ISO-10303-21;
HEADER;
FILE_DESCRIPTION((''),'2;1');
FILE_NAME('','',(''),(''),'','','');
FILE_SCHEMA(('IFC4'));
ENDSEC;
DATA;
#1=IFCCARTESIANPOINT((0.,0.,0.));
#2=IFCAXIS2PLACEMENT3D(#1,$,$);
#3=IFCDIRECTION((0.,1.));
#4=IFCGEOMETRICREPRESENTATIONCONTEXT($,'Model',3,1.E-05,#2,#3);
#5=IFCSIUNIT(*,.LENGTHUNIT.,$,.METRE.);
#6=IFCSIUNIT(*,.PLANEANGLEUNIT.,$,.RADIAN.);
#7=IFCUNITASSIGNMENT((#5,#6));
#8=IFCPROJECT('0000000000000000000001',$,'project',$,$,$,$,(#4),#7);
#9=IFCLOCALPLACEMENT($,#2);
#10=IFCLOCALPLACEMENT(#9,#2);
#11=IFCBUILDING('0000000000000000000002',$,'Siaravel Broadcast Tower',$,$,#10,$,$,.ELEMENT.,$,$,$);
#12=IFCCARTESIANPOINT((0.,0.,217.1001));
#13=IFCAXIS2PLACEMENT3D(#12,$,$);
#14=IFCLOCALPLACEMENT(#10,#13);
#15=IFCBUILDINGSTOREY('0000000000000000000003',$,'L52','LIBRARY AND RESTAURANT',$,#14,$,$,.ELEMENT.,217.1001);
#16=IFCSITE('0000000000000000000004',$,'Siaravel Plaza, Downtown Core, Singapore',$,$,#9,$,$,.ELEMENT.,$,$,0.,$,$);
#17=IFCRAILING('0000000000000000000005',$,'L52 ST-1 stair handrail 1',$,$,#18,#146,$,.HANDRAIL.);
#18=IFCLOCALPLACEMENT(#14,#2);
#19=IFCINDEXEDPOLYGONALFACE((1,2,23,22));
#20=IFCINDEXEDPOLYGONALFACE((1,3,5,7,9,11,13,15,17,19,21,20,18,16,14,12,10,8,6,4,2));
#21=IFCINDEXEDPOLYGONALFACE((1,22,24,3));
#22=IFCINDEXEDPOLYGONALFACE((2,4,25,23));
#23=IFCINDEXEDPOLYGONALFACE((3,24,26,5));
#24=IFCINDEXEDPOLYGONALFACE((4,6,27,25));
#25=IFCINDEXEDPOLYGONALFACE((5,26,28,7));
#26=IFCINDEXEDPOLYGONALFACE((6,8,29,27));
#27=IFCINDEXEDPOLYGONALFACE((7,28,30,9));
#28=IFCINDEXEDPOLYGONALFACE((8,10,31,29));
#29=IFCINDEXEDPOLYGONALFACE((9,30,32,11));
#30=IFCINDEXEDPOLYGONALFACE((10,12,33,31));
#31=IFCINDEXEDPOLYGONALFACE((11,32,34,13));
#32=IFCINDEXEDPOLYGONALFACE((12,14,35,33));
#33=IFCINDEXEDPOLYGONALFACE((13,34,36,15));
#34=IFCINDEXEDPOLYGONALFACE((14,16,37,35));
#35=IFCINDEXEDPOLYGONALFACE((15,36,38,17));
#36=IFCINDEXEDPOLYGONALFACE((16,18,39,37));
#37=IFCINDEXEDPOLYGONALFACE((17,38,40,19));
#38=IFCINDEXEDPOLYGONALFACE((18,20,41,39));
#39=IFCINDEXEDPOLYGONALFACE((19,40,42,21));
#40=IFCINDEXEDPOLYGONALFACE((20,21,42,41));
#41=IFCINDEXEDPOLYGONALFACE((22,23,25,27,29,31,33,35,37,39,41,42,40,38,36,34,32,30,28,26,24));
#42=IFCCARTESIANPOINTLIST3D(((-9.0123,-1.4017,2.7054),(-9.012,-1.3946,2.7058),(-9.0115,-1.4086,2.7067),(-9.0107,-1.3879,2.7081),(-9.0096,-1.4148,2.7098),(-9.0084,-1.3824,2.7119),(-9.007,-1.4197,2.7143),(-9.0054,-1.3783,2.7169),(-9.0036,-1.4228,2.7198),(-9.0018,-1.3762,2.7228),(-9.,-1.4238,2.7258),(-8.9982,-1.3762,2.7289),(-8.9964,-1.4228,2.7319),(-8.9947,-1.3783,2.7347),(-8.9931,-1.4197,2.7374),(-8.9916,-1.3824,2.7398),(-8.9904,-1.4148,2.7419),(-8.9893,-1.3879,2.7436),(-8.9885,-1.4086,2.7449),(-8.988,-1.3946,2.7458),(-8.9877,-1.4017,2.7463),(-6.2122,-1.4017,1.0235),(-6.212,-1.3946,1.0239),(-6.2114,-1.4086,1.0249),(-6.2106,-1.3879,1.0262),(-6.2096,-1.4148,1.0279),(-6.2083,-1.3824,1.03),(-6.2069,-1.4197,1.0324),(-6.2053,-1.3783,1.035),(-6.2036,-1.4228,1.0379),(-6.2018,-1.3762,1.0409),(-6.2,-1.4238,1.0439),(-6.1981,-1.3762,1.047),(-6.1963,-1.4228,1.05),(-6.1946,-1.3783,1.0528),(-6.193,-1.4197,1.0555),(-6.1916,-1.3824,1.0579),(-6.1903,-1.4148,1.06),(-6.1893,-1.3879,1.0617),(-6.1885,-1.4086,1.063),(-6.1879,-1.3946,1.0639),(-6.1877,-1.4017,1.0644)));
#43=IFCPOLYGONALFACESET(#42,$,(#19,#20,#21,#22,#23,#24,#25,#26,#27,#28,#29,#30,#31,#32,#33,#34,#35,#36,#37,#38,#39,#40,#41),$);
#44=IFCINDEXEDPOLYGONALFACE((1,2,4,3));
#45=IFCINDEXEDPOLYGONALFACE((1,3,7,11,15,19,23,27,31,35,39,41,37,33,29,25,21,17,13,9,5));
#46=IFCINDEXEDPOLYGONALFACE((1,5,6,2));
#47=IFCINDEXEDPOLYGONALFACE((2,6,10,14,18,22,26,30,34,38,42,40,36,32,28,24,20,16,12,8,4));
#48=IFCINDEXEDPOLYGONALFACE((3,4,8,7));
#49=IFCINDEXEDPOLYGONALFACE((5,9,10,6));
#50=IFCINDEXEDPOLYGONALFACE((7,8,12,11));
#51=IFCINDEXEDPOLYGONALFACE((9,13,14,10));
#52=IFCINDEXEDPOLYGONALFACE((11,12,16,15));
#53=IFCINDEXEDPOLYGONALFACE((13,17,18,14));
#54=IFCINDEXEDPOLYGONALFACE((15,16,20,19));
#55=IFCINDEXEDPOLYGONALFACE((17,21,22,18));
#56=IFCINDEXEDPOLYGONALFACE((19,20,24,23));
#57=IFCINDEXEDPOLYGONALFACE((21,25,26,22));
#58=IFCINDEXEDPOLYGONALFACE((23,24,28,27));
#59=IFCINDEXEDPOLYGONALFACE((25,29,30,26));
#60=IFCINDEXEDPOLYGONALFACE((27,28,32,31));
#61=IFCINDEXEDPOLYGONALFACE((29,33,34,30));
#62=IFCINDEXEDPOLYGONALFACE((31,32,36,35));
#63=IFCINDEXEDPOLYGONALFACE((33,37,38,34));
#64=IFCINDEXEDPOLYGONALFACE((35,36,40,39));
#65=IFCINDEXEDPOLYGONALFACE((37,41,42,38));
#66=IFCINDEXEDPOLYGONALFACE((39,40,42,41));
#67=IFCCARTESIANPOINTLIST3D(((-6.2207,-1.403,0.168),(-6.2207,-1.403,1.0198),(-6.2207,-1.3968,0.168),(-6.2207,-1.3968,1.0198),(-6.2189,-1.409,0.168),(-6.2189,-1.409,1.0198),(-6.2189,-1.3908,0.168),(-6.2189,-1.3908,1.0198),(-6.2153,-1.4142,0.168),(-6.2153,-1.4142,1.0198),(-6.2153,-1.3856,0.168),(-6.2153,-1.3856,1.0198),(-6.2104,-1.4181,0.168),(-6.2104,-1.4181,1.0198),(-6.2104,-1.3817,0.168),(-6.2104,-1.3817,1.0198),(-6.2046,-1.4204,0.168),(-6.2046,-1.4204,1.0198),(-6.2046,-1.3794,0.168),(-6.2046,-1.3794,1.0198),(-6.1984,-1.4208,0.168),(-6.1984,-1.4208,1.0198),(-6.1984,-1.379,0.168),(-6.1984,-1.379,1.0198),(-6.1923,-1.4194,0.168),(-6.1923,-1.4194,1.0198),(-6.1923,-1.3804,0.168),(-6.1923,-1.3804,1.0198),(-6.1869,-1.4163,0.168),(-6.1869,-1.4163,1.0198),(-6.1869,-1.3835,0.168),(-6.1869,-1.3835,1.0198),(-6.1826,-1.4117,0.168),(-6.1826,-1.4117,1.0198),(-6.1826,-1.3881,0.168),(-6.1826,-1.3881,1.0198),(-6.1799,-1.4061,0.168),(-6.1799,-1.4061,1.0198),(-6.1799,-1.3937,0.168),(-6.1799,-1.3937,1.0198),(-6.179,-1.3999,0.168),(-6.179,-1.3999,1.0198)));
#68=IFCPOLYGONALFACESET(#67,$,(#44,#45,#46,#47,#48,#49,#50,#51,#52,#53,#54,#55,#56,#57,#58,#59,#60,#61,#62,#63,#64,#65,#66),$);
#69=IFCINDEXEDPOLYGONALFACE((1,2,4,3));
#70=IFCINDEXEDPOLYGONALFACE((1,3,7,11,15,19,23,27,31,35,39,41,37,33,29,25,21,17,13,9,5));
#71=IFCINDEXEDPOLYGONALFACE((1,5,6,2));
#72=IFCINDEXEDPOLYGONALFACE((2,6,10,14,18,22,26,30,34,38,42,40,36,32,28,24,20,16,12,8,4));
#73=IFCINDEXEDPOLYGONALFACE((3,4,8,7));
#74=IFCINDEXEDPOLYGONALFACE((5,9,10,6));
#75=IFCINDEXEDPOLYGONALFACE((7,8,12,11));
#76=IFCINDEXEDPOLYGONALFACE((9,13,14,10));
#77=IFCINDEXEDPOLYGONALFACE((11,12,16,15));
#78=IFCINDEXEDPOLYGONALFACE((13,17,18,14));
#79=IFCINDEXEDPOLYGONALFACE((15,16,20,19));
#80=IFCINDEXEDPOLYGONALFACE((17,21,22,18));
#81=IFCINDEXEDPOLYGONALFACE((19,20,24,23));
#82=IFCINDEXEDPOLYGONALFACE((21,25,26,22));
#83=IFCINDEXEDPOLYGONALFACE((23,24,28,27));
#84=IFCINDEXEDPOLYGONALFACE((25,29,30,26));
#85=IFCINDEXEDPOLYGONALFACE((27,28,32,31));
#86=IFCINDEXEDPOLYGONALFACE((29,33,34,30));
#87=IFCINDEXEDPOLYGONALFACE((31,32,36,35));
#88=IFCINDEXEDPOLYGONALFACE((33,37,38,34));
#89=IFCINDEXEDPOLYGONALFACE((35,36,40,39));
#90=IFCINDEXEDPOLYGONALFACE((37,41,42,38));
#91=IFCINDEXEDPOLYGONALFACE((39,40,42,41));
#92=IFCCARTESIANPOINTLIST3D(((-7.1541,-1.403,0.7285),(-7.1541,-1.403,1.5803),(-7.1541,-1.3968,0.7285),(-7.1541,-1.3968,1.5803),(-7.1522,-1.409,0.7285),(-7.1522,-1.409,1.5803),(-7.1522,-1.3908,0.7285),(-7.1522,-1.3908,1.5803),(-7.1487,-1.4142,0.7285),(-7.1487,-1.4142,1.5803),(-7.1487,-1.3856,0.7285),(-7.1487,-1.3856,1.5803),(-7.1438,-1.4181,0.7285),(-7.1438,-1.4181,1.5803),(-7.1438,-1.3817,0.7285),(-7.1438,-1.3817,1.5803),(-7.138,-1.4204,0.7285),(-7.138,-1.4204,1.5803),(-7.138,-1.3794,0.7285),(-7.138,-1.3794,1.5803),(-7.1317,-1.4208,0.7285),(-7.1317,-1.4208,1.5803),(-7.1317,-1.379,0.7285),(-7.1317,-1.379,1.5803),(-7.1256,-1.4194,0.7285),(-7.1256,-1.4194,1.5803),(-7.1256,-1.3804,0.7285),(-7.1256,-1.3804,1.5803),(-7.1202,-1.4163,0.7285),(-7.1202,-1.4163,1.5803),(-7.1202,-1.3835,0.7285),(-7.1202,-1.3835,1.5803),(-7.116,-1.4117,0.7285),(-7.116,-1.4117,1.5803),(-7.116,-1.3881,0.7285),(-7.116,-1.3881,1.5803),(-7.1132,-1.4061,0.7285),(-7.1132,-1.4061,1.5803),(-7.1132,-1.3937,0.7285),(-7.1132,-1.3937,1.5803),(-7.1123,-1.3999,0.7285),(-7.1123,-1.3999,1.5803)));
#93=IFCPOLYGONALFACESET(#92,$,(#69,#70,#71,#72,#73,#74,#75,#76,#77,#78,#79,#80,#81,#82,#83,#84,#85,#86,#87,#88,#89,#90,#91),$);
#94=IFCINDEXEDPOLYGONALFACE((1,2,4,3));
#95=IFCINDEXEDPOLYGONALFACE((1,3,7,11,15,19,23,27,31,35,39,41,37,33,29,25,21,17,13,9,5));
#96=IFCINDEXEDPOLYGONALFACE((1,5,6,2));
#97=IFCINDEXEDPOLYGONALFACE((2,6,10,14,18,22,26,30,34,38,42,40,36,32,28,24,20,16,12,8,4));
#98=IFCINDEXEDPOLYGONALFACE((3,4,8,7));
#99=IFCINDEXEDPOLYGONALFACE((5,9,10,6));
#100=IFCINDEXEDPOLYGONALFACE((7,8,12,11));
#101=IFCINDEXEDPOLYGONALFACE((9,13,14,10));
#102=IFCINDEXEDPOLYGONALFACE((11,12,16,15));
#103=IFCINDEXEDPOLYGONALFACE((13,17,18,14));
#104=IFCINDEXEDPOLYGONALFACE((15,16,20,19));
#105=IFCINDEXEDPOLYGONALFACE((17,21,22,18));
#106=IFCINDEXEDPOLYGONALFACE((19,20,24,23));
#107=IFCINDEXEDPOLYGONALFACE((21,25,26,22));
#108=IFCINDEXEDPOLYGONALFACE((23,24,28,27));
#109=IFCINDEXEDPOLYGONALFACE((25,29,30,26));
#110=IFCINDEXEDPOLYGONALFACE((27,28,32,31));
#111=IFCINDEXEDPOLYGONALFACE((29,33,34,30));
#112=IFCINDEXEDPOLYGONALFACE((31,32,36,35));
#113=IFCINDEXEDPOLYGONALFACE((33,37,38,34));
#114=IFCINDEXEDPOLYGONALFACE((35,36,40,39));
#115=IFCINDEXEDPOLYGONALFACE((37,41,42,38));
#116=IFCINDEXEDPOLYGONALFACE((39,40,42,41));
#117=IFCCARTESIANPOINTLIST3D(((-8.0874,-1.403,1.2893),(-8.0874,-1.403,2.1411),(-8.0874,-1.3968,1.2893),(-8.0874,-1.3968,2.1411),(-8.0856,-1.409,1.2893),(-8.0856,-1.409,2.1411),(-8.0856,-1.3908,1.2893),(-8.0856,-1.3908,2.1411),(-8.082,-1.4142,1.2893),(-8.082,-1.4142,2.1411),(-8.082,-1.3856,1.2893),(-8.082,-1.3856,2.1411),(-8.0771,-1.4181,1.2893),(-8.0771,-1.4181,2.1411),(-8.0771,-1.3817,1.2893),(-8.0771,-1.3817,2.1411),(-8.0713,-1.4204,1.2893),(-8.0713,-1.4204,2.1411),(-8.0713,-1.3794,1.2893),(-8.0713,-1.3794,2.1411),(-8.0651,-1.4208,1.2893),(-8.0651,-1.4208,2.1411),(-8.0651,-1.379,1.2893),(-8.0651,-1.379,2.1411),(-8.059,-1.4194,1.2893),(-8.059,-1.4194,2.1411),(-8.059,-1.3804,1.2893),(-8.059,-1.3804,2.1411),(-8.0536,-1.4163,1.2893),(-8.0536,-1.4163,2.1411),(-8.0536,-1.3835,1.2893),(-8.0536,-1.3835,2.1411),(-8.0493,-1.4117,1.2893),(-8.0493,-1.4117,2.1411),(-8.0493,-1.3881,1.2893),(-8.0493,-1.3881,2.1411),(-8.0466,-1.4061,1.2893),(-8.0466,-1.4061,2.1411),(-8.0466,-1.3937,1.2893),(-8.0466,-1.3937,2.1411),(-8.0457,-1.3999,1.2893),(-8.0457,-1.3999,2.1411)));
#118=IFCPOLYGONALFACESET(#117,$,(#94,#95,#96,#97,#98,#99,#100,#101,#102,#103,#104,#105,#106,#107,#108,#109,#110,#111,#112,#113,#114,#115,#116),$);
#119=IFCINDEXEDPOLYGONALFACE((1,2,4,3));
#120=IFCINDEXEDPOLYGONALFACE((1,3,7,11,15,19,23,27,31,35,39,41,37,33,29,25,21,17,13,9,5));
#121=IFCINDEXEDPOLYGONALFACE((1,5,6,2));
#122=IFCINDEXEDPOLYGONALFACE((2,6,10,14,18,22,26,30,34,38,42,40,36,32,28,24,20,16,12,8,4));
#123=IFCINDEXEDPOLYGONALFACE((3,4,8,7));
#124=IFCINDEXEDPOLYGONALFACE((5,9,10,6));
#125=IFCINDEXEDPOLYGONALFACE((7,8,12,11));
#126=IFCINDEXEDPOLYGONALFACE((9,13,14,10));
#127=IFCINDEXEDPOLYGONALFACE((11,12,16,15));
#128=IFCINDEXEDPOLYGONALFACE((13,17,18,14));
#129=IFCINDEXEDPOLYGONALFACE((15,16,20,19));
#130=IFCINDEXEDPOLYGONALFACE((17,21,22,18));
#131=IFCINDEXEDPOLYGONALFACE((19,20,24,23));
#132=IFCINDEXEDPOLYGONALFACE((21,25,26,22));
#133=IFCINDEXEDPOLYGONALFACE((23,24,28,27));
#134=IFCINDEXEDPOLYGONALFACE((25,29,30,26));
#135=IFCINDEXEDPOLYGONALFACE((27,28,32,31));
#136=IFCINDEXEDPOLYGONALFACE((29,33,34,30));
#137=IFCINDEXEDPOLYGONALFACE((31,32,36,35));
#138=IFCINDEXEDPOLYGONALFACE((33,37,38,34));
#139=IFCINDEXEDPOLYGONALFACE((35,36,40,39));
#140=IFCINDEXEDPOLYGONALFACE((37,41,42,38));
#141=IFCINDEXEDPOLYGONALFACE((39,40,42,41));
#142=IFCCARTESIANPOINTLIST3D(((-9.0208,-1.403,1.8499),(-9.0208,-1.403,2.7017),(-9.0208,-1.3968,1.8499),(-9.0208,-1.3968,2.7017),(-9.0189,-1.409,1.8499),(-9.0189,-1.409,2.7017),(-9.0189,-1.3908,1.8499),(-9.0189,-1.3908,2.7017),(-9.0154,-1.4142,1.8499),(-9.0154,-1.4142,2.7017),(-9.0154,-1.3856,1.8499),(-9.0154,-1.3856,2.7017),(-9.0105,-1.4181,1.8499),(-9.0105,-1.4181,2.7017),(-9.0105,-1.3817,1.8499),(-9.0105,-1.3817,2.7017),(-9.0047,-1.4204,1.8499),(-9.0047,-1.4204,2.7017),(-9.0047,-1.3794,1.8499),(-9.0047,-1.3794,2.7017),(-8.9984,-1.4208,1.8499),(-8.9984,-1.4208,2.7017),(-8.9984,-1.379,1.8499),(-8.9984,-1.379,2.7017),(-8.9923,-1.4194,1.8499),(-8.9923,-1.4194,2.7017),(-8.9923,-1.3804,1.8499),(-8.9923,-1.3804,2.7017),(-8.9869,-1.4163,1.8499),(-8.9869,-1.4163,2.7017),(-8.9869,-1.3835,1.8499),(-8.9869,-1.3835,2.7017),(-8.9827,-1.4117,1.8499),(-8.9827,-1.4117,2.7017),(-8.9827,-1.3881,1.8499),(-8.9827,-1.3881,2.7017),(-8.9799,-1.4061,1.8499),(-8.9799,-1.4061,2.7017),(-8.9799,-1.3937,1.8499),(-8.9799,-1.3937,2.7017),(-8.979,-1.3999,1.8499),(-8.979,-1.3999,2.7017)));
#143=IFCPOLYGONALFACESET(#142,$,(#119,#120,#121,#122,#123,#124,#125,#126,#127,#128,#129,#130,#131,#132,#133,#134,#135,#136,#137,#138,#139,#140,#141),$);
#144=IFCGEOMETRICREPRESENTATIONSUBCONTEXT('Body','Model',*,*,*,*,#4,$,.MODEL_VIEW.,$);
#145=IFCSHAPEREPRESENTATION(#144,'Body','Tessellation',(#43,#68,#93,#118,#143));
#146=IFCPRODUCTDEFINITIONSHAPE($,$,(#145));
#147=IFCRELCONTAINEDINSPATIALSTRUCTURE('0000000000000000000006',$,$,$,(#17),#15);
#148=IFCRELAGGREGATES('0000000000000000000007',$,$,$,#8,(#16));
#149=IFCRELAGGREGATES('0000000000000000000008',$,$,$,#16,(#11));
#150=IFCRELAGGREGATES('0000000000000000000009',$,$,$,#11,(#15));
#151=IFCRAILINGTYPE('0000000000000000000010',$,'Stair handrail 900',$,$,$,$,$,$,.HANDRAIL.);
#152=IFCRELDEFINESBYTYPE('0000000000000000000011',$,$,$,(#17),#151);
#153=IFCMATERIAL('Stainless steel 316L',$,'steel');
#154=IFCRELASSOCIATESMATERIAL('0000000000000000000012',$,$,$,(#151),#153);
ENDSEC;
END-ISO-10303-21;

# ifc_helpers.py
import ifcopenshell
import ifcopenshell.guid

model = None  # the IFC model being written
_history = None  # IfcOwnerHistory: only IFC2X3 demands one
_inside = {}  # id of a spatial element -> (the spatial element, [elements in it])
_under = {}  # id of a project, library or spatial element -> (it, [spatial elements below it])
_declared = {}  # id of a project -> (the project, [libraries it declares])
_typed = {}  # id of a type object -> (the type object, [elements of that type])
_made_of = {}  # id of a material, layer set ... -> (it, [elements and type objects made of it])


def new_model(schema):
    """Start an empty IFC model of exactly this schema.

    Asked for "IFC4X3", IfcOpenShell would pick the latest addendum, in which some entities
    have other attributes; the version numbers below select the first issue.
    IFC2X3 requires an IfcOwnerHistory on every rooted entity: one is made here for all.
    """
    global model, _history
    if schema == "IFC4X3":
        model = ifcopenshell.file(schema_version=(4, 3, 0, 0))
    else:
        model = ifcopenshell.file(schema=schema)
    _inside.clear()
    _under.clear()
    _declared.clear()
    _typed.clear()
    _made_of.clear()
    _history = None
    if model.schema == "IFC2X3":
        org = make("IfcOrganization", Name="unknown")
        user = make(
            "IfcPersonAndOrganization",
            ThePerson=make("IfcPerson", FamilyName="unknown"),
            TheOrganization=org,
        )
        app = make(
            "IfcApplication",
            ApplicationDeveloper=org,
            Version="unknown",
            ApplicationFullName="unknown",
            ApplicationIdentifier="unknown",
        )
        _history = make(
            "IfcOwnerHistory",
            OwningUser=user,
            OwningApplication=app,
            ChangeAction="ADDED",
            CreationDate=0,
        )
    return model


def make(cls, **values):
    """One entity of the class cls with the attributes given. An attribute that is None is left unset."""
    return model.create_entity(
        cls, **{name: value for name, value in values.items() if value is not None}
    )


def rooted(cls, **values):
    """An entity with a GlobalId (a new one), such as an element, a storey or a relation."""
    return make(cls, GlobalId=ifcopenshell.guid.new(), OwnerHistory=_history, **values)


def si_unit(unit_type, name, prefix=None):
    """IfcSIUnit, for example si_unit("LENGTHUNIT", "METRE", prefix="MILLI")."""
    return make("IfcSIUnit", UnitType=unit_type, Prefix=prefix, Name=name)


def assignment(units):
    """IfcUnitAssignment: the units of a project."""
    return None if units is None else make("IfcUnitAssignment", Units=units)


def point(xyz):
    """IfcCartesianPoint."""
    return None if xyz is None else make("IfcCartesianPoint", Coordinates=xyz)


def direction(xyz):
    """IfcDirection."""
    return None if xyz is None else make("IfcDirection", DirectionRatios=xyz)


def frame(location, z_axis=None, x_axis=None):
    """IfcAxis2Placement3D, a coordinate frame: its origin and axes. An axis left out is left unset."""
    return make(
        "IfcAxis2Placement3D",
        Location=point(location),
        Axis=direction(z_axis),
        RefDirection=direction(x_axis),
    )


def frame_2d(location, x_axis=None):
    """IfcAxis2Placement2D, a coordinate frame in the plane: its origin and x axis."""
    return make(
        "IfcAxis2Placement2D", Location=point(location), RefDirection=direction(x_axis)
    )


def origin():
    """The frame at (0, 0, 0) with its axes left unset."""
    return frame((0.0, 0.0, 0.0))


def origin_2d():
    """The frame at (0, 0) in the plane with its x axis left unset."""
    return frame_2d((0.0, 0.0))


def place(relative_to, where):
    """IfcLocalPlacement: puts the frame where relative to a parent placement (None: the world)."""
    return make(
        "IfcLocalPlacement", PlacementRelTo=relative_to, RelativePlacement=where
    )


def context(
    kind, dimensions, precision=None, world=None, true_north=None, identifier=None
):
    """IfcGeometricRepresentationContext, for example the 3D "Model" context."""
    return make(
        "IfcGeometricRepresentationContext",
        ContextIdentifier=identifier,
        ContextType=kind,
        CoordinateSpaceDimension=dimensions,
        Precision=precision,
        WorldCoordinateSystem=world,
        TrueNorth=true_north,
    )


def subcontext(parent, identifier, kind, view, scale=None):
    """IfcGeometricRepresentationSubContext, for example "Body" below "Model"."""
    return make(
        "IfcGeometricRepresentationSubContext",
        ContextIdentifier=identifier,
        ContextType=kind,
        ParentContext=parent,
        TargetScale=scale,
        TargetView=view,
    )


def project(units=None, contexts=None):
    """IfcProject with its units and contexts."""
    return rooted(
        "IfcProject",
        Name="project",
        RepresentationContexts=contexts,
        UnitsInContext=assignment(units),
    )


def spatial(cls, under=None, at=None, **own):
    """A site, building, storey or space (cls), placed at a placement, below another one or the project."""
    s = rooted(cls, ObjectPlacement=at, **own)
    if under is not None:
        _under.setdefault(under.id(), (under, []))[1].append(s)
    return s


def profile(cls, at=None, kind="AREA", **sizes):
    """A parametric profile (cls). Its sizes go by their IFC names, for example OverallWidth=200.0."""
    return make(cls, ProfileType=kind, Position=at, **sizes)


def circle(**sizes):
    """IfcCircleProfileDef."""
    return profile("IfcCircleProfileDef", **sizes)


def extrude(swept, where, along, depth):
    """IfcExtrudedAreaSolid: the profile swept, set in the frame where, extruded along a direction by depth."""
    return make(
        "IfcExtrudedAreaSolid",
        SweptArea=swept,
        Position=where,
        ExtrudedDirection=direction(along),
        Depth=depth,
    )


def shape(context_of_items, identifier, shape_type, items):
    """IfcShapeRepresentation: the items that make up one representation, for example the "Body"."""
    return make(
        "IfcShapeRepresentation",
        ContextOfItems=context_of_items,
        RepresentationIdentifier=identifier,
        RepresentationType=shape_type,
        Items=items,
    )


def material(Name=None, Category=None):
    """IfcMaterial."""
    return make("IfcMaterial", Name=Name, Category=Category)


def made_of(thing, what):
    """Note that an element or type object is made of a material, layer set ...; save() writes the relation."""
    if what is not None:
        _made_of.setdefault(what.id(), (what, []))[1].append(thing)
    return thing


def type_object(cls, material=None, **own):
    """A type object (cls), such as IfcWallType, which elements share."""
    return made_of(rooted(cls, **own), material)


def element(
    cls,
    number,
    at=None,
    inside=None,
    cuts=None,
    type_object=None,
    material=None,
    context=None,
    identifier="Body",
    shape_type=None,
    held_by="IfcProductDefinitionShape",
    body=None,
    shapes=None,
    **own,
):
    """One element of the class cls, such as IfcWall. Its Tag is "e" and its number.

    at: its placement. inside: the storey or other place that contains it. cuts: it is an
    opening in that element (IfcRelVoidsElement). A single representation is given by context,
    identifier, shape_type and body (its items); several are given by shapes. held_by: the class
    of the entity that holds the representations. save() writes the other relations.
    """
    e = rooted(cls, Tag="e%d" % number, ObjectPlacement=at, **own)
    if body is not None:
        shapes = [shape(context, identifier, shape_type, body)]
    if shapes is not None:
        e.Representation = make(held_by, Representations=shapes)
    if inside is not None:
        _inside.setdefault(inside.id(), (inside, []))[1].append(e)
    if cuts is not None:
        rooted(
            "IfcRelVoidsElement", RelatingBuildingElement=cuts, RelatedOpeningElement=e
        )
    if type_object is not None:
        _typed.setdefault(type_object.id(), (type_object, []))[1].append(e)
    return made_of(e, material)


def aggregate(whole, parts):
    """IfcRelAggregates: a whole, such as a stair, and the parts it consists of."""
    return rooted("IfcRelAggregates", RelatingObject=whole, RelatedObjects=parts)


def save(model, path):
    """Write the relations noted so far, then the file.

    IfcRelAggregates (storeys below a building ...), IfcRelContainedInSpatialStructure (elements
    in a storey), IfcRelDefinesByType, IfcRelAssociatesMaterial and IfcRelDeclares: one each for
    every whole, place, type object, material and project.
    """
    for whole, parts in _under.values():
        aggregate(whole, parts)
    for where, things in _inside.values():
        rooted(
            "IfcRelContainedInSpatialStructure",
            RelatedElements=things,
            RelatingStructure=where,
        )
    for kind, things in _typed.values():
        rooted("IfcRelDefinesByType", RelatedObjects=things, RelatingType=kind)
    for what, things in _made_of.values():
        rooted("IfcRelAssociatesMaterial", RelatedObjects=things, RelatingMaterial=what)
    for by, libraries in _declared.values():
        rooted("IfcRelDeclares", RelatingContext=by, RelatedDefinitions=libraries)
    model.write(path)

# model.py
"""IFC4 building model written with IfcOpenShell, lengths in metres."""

from ifc_helpers import new_model, si_unit, direction, frame, origin, origin_2d, place, context, subcontext, project, spatial, circle, extrude, material, type_object, element, save


model = new_model("IFC4")

# Units and contexts
model_context = context("Model", 3, precision=1e-05, world=origin(), true_north=direction((0.0, 1.0)))
body_context = subcontext(model_context, "Body", "Model", "MODEL_VIEW")
ifc_project = project(units=[si_unit("LENGTHUNIT", "METRE"), si_unit("PLANEANGLEUNIT", "RADIAN")], contexts=[model_context])

# Site, building, storey
site_placement = place(None, origin())
site = spatial("IfcSite", under=ifc_project, at=site_placement, Name="Siaravel Plaza, Downtown Core, Singapore", CompositionType="ELEMENT", RefElevation=0.0)
building_placement = place(site_placement, origin())
building = spatial("IfcBuilding", under=site, at=building_placement, Name="Siaravel Broadcast Tower", CompositionType="ELEMENT")
storey_placement = place(building_placement, frame((0.0, 0.0, 217.1001)))
storey = spatial("IfcBuildingStorey", under=building, at=storey_placement, Name="L52", Description="LIBRARY AND RESTAURANT", CompositionType="ELEMENT", Elevation=217.1001)

# Shared definitions
ifc_material_1 = material(Name="Stainless steel 316L", Category="steel")

# Railing
railing_type_1 = type_object("IfcRailingType", Name="Stair handrail 900", PredefinedType="HANDRAIL", material=ifc_material_1)
railing_1_placement = place(storey_placement, frame((-6.2, -1.3999, 0.168)))
element("IfcRailing", 1, at=railing_1_placement, inside=storey, type_object=railing_type_1, Name="L52 ST-1 stair handrail 1", PredefinedType="HANDRAIL", context=body_context, shape_type="SweptSolid", body=[
    extrude(circle(Radius=0.0239, at=origin_2d()), frame((0.0, 0.0, 0.876), z_axis=(-0.857242, 0.0, 0.514913), x_axis=(0.0, -1.0, 0.0)), (0.0, 0.0, 1.0), 3.2664),
    extrude(circle(Radius=0.021, at=origin_2d()), origin(), (0.0, 0.0, 1.0), 0.8518),
    extrude(circle(Radius=0.021, at=origin_2d()), frame((-0.9333, 0.0, 0.5605)), (0.0, 0.0, 1.0), 0.8518),
    extrude(circle(Radius=0.021, at=origin_2d()), frame((-1.8667, 0.0, 1.1213)), (0.0, 0.0, 1.0), 0.8518),
    extrude(circle(Radius=0.021, at=origin_2d()), frame((-2.8, 0.0, 1.6819)), (0.0, 0.0, 1.0), 0.8518),
])

save(model, "model.ifc")
